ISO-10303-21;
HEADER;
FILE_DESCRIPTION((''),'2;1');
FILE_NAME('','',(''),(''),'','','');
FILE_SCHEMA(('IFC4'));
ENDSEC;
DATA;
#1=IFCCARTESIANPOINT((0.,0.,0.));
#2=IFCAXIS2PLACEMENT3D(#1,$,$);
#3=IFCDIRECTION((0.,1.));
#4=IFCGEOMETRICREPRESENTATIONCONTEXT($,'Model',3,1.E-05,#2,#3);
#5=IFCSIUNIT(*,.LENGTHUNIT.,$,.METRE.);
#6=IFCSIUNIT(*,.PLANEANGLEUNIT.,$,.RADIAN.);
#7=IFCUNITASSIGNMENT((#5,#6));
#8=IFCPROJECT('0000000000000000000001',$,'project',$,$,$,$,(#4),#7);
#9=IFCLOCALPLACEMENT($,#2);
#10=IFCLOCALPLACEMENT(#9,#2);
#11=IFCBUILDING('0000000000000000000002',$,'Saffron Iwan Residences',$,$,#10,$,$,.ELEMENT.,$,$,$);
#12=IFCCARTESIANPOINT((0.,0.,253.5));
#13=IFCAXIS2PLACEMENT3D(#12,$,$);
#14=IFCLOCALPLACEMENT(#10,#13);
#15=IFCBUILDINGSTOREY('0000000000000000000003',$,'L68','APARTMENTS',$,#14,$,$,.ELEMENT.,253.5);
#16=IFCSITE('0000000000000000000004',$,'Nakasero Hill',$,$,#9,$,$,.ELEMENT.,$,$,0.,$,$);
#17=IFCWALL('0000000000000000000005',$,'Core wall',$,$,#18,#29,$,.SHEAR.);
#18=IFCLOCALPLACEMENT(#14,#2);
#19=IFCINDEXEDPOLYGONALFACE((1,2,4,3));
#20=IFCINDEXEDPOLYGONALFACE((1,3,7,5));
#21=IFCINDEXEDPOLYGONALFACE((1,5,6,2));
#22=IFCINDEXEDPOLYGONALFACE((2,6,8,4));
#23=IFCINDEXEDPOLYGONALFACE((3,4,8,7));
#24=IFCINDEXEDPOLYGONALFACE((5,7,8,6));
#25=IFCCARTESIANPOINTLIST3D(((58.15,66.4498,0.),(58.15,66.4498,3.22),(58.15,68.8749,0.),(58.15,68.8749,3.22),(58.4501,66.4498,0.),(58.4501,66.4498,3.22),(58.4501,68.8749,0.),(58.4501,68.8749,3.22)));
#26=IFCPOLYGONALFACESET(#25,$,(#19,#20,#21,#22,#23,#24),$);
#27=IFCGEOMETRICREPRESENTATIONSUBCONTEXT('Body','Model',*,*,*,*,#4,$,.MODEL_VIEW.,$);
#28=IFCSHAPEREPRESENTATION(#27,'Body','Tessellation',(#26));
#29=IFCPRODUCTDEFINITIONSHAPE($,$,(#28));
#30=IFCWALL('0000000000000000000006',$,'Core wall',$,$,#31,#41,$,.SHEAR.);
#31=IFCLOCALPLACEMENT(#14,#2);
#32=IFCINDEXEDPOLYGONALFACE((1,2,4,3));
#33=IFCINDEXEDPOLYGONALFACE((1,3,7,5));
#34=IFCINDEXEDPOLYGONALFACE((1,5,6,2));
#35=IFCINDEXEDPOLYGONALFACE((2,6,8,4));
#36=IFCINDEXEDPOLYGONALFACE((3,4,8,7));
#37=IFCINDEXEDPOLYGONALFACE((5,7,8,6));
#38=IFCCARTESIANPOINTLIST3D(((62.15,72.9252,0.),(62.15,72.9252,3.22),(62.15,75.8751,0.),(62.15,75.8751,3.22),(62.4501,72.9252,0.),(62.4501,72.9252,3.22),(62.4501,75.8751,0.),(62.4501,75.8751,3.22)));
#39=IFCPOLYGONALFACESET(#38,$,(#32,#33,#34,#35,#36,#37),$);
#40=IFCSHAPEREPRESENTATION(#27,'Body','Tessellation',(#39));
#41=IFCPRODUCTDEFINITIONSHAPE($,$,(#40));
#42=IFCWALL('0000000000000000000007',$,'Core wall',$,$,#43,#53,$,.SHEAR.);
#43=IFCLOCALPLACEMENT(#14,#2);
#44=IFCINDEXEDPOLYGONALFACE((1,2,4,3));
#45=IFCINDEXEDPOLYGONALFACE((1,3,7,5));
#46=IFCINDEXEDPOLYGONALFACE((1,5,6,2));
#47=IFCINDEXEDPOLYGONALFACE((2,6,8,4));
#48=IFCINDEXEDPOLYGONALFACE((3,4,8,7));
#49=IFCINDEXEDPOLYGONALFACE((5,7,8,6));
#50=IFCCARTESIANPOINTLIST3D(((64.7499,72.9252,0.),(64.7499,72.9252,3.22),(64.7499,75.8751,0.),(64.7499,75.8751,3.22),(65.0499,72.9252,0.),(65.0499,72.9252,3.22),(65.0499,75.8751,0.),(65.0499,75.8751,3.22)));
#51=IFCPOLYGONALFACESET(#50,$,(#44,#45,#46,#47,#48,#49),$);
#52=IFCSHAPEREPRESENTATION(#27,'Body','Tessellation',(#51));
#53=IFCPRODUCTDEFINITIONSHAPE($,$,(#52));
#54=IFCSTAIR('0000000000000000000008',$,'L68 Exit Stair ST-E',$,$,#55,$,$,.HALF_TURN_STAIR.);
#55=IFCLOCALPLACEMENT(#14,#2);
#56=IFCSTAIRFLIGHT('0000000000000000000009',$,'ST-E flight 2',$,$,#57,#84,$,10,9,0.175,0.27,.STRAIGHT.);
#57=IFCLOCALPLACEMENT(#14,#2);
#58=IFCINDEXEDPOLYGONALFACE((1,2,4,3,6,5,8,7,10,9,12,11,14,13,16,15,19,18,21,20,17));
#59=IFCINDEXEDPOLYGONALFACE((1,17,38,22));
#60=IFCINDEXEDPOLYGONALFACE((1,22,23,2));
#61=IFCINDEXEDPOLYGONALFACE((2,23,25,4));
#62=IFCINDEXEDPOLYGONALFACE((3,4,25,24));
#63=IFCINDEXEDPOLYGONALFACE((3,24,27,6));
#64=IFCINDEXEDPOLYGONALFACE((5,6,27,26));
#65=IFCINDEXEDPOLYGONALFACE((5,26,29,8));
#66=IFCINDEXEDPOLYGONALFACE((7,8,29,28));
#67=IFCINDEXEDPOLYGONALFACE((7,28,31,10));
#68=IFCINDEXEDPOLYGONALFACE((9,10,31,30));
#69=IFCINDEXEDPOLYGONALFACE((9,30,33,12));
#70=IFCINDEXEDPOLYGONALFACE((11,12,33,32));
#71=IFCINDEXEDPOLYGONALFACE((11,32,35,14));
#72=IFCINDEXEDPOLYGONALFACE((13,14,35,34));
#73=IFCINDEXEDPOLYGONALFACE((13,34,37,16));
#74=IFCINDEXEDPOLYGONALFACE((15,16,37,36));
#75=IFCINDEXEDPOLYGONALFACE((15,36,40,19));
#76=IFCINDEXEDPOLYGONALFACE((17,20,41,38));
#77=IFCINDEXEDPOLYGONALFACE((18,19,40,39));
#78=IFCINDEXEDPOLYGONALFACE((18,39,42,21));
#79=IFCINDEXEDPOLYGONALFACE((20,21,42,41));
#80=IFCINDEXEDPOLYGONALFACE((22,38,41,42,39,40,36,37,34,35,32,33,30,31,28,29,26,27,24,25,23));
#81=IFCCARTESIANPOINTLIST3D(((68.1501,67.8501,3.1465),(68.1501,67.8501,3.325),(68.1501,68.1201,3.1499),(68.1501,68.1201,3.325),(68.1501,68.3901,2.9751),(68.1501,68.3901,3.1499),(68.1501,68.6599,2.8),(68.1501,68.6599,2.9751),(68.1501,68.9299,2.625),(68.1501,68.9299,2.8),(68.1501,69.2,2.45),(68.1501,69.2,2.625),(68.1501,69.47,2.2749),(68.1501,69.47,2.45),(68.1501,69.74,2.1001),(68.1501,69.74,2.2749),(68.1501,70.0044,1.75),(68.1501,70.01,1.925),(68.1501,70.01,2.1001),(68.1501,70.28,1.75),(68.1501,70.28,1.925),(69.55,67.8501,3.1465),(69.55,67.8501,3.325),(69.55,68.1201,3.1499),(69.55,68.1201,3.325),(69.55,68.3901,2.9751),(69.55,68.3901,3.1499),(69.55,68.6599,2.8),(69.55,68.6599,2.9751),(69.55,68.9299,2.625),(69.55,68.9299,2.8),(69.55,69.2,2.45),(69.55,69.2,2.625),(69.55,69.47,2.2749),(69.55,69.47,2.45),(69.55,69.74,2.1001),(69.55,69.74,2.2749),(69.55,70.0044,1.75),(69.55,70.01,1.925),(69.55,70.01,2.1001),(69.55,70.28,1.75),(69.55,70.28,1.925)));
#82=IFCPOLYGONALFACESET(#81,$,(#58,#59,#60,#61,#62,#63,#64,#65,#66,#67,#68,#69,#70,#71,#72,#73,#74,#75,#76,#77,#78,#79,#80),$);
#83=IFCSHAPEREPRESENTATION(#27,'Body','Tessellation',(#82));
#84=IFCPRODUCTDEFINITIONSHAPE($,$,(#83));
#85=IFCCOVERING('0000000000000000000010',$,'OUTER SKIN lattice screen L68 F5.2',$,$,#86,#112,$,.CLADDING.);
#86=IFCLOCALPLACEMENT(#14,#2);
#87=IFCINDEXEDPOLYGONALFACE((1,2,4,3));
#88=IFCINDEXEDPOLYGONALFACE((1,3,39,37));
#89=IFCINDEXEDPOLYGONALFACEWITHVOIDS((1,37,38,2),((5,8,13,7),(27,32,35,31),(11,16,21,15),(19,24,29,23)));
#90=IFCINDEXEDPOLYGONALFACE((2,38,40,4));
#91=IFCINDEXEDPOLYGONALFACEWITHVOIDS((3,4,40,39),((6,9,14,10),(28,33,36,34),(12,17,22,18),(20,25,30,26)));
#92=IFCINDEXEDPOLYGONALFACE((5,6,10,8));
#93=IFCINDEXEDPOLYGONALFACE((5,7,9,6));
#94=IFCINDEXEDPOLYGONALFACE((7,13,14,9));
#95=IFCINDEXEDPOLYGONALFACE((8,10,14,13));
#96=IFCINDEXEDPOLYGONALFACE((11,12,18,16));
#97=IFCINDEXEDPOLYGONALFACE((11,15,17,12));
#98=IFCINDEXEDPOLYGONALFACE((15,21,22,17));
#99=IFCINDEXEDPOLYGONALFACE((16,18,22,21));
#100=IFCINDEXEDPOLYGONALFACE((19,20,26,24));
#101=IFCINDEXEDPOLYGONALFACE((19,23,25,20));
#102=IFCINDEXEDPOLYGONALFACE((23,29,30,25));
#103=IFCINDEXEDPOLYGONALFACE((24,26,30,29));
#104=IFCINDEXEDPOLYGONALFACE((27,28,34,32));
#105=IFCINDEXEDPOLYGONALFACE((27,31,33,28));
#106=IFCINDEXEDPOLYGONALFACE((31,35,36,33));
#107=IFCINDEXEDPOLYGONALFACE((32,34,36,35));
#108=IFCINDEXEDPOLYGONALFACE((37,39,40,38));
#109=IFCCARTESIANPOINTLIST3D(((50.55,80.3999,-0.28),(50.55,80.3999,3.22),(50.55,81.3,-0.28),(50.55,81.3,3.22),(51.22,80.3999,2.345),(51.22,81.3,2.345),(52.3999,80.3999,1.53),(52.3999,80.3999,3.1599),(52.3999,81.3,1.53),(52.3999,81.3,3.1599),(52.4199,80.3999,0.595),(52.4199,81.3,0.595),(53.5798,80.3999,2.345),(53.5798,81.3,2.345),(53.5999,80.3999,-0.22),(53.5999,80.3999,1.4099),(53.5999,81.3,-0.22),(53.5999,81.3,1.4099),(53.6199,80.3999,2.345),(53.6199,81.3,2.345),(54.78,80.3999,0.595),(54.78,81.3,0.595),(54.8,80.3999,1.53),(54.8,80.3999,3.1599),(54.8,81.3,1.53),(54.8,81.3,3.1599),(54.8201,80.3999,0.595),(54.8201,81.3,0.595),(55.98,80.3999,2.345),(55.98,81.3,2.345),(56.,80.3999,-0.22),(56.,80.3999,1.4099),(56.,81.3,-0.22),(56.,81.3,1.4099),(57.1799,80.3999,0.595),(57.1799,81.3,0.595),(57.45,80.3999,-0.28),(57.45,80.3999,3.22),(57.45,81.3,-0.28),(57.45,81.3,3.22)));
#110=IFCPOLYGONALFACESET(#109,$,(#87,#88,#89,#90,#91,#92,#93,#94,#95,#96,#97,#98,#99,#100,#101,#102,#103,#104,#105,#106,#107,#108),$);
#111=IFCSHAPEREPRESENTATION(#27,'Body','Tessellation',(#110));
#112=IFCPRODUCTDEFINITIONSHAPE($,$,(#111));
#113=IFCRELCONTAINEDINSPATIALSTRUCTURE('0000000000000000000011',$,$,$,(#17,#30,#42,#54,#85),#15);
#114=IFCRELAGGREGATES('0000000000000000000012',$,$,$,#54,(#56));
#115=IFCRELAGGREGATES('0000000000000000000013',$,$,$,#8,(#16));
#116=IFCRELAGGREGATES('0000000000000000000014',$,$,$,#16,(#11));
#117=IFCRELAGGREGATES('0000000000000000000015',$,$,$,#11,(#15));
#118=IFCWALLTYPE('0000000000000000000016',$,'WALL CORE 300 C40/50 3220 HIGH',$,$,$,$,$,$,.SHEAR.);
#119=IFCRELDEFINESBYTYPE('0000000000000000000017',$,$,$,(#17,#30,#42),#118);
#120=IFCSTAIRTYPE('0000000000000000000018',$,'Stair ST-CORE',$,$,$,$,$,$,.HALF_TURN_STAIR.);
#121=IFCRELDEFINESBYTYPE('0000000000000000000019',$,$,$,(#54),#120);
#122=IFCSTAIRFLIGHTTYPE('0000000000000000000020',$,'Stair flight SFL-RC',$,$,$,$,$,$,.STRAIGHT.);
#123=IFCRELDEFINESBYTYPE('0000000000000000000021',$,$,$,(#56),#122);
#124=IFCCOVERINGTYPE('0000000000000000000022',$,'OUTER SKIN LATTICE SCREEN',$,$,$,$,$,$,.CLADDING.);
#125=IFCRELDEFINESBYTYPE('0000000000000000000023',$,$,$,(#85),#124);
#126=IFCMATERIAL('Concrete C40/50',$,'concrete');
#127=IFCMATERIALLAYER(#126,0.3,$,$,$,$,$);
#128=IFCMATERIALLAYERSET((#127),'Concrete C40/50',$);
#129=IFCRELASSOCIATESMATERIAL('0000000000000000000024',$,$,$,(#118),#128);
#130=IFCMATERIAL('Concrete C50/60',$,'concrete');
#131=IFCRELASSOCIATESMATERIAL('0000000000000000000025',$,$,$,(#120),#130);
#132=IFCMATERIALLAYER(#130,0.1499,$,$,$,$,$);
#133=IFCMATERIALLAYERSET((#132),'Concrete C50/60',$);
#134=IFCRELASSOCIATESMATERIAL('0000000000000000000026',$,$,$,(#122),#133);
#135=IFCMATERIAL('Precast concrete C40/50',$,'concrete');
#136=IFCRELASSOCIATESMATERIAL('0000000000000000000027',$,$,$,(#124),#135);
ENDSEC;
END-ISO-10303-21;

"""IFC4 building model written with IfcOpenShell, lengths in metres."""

from ifc_helpers import new_model, si_unit, direction, frame, frame_2d, origin, place, context, subcontext, project, spatial, polyline, rectangle, outline, extrude, material, layer, layer_set, type_object, element, aggregate, save


model = new_model("IFC4")

# Units and contexts
model_context = context("Model", 3, precision=1e-05, world=origin(), true_north=direction((0.0, 1.0)))
body_context = subcontext(model_context, "Body", "Model", "MODEL_VIEW")
ifc_project = project(units=[si_unit("LENGTHUNIT", "METRE"), si_unit("PLANEANGLEUNIT", "RADIAN")], contexts=[model_context])

# Site, building, storey
site_placement = place(None, origin())
site = spatial("IfcSite", under=ifc_project, at=site_placement, Name="Nakasero Hill", CompositionType="ELEMENT", RefElevation=0.0)
building_placement = place(site_placement, origin())
building = spatial("IfcBuilding", under=site, at=building_placement, Name="Saffron Iwan Residences", CompositionType="ELEMENT")
storey_placement = place(building_placement, frame((0.0, 0.0, 253.5)))
storey = spatial("IfcBuildingStorey", under=building, at=storey_placement, Name="L68", Description="APARTMENTS", CompositionType="ELEMENT", Elevation=253.5)

# Shared definitions
ifc_material_1 = material(Name="Concrete C40/50", Category="concrete")

# Shared definitions
ifc_layer_1 = layer(ifc_material_1, 0.3)
ifc_layer_set_1 = layer_set([ifc_layer_1], Name="Concrete C40/50")
wall_type_1 = type_object("IfcWallType", Name="WALL CORE 300 C40/50 3220 HIGH", PredefinedType="SHEAR", material=ifc_layer_set_1)

# Walls
wall_1_placement = place(storey_placement, frame((58.3, 66.45, 0.0), z_axis=(0.0, 0.0, 1.0), x_axis=(0.0, 1.0, 0.0)))
element("IfcWall", 1, at=wall_1_placement, inside=storey, type_object=wall_type_1, Name="Core wall", PredefinedType="SHEAR", context=body_context, shape_type="SweptSolid", body=[
    extrude(rectangle(XDim=2.425, YDim=0.3, at=frame_2d((1.2124, 0.0))), origin(), (0.0, 0.0, 1.0), 3.22),
])
for number, where, z_axis, x_axis, name in (
    (2, (62.3, 72.925, 0.0), (0.0, 0.0, 1.0), (0.0, 1.0, 0.0), "Core wall"),
    (3, (64.8999, 72.925, 0.0), (0.0, 0.0, 1.0), (0.0, 1.0, 0.0), "Core wall"),
):
    element("IfcWall", number, at=place(storey_placement, frame(where, z_axis=z_axis, x_axis=x_axis)), inside=storey, type_object=wall_type_1, Name=name, PredefinedType="SHEAR", context=body_context, shape_type="SweptSolid", body=[
        extrude(rectangle(XDim=2.95, YDim=0.3, at=frame_2d((1.4751, 0.0))), origin(), (0.0, 0.0, 1.0), 3.22),
    ])

# Stair, stair flight
ifc_material_2 = material(Name="Concrete C50/60", Category="concrete")
stair_type = type_object("IfcStairType", Name="Stair ST-CORE", PredefinedType="HALF_TURN_STAIR", material=ifc_material_2)
stair_placement = place(storey_placement, origin())
stair = element("IfcStair", 4, at=stair_placement, inside=storey, type_object=stair_type, Name="L68 Exit Stair ST-E", PredefinedType="HALF_TURN_STAIR")
ifc_layer_2 = layer(ifc_material_2, 0.1499)
ifc_layer_set_2 = layer_set([ifc_layer_2], Name="Concrete C50/60")
stair_flight_type = type_object("IfcStairFlightType", Name="Stair flight SFL-RC", PredefinedType="STRAIGHT", material=ifc_layer_set_2)
stair_flight_placement = place(storey_placement, frame((68.8501, 70.28, 1.75), z_axis=(0.0, 0.0, 1.0), x_axis=(0.0, -1.0, 0.0)))
stair_flight = element("IfcStairFlight", 5, at=stair_flight_placement, type_object=stair_flight_type, Name="ST-E flight 2", NumberOfRisers=10, NumberOfTreads=9, PredefinedType="STRAIGHT", RiserHeight=0.175, TreadLength=0.27, context=body_context, shape_type="SweptSolid", body=[
    extrude(outline(polyline([(0.0, 0.0), (0.0, 0.175), (0.27, 0.175), (0.27, 0.3501), (0.54, 0.3501), (0.54, 0.5249), (0.8101, 0.5249), (0.8101, 0.7), (1.0801, 0.7), (1.0801, 0.875), (1.3501, 0.875), (1.3501, 1.05), (1.6201, 1.05), (1.6201, 1.2251), (1.8899, 1.2251), (1.8899, 1.3999), (2.1599, 1.3999), (2.1599, 1.575), (2.4299, 1.575), (2.4299, 1.75), (2.4299, 1.3965), (0.2756, 0.0), (0.0, 0.0)])), frame((0.0, 0.7, 0.0), z_axis=(0.0, -1.0, 0.0), x_axis=(1.0, 0.0, 0.0)), (0.0, 0.0, 1.0), 1.3999),
])
aggregate(stair, [stair_flight])

# Covering
ifc_material_3 = material(Name="Precast concrete C40/50", Category="concrete")
covering_type_1 = type_object("IfcCoveringType", Name="OUTER SKIN LATTICE SCREEN", PredefinedType="CLADDING", material=ifc_material_3)
covering_placement = place(storey_placement, frame((57.45, 80.3999, -0.28), z_axis=(0.0, 1.0, 0.0), x_axis=(-1.0, 0.0, 0.0)))
element("IfcCovering", 6, at=covering_placement, inside=storey, type_object=covering_type_1, Name="OUTER SKIN lattice screen L68 F5.2", PredefinedType="CLADDING", context=body_context, shape_type="SweptSolid", body=[
    extrude(outline(polyline([(0.0, 0.0), (6.8999, 0.0), (6.8999, 3.5), (0.0, 3.5), (0.0, 0.0)]), holes=[polyline([(0.27, 0.875), (1.45, 0.0601), (2.6299, 0.875), (1.45, 1.6899), (0.27, 0.875)]), polyline([(2.6699, 0.875), (3.8501, 0.0601), (5.03, 0.875), (3.8501, 1.6899), (2.6699, 0.875)]), polyline([(1.47, 2.625), (2.6499, 1.8101), (3.8301, 2.625), (2.6499, 3.4399), (1.47, 2.625)]), polyline([(3.8701, 2.625), (5.05, 1.8101), (6.23, 2.625), (5.05, 3.4399), (3.8701, 2.625)])]), origin(), (0.0, 0.0, 1.0), 0.9001),
])

save(model, "model.ifc")
